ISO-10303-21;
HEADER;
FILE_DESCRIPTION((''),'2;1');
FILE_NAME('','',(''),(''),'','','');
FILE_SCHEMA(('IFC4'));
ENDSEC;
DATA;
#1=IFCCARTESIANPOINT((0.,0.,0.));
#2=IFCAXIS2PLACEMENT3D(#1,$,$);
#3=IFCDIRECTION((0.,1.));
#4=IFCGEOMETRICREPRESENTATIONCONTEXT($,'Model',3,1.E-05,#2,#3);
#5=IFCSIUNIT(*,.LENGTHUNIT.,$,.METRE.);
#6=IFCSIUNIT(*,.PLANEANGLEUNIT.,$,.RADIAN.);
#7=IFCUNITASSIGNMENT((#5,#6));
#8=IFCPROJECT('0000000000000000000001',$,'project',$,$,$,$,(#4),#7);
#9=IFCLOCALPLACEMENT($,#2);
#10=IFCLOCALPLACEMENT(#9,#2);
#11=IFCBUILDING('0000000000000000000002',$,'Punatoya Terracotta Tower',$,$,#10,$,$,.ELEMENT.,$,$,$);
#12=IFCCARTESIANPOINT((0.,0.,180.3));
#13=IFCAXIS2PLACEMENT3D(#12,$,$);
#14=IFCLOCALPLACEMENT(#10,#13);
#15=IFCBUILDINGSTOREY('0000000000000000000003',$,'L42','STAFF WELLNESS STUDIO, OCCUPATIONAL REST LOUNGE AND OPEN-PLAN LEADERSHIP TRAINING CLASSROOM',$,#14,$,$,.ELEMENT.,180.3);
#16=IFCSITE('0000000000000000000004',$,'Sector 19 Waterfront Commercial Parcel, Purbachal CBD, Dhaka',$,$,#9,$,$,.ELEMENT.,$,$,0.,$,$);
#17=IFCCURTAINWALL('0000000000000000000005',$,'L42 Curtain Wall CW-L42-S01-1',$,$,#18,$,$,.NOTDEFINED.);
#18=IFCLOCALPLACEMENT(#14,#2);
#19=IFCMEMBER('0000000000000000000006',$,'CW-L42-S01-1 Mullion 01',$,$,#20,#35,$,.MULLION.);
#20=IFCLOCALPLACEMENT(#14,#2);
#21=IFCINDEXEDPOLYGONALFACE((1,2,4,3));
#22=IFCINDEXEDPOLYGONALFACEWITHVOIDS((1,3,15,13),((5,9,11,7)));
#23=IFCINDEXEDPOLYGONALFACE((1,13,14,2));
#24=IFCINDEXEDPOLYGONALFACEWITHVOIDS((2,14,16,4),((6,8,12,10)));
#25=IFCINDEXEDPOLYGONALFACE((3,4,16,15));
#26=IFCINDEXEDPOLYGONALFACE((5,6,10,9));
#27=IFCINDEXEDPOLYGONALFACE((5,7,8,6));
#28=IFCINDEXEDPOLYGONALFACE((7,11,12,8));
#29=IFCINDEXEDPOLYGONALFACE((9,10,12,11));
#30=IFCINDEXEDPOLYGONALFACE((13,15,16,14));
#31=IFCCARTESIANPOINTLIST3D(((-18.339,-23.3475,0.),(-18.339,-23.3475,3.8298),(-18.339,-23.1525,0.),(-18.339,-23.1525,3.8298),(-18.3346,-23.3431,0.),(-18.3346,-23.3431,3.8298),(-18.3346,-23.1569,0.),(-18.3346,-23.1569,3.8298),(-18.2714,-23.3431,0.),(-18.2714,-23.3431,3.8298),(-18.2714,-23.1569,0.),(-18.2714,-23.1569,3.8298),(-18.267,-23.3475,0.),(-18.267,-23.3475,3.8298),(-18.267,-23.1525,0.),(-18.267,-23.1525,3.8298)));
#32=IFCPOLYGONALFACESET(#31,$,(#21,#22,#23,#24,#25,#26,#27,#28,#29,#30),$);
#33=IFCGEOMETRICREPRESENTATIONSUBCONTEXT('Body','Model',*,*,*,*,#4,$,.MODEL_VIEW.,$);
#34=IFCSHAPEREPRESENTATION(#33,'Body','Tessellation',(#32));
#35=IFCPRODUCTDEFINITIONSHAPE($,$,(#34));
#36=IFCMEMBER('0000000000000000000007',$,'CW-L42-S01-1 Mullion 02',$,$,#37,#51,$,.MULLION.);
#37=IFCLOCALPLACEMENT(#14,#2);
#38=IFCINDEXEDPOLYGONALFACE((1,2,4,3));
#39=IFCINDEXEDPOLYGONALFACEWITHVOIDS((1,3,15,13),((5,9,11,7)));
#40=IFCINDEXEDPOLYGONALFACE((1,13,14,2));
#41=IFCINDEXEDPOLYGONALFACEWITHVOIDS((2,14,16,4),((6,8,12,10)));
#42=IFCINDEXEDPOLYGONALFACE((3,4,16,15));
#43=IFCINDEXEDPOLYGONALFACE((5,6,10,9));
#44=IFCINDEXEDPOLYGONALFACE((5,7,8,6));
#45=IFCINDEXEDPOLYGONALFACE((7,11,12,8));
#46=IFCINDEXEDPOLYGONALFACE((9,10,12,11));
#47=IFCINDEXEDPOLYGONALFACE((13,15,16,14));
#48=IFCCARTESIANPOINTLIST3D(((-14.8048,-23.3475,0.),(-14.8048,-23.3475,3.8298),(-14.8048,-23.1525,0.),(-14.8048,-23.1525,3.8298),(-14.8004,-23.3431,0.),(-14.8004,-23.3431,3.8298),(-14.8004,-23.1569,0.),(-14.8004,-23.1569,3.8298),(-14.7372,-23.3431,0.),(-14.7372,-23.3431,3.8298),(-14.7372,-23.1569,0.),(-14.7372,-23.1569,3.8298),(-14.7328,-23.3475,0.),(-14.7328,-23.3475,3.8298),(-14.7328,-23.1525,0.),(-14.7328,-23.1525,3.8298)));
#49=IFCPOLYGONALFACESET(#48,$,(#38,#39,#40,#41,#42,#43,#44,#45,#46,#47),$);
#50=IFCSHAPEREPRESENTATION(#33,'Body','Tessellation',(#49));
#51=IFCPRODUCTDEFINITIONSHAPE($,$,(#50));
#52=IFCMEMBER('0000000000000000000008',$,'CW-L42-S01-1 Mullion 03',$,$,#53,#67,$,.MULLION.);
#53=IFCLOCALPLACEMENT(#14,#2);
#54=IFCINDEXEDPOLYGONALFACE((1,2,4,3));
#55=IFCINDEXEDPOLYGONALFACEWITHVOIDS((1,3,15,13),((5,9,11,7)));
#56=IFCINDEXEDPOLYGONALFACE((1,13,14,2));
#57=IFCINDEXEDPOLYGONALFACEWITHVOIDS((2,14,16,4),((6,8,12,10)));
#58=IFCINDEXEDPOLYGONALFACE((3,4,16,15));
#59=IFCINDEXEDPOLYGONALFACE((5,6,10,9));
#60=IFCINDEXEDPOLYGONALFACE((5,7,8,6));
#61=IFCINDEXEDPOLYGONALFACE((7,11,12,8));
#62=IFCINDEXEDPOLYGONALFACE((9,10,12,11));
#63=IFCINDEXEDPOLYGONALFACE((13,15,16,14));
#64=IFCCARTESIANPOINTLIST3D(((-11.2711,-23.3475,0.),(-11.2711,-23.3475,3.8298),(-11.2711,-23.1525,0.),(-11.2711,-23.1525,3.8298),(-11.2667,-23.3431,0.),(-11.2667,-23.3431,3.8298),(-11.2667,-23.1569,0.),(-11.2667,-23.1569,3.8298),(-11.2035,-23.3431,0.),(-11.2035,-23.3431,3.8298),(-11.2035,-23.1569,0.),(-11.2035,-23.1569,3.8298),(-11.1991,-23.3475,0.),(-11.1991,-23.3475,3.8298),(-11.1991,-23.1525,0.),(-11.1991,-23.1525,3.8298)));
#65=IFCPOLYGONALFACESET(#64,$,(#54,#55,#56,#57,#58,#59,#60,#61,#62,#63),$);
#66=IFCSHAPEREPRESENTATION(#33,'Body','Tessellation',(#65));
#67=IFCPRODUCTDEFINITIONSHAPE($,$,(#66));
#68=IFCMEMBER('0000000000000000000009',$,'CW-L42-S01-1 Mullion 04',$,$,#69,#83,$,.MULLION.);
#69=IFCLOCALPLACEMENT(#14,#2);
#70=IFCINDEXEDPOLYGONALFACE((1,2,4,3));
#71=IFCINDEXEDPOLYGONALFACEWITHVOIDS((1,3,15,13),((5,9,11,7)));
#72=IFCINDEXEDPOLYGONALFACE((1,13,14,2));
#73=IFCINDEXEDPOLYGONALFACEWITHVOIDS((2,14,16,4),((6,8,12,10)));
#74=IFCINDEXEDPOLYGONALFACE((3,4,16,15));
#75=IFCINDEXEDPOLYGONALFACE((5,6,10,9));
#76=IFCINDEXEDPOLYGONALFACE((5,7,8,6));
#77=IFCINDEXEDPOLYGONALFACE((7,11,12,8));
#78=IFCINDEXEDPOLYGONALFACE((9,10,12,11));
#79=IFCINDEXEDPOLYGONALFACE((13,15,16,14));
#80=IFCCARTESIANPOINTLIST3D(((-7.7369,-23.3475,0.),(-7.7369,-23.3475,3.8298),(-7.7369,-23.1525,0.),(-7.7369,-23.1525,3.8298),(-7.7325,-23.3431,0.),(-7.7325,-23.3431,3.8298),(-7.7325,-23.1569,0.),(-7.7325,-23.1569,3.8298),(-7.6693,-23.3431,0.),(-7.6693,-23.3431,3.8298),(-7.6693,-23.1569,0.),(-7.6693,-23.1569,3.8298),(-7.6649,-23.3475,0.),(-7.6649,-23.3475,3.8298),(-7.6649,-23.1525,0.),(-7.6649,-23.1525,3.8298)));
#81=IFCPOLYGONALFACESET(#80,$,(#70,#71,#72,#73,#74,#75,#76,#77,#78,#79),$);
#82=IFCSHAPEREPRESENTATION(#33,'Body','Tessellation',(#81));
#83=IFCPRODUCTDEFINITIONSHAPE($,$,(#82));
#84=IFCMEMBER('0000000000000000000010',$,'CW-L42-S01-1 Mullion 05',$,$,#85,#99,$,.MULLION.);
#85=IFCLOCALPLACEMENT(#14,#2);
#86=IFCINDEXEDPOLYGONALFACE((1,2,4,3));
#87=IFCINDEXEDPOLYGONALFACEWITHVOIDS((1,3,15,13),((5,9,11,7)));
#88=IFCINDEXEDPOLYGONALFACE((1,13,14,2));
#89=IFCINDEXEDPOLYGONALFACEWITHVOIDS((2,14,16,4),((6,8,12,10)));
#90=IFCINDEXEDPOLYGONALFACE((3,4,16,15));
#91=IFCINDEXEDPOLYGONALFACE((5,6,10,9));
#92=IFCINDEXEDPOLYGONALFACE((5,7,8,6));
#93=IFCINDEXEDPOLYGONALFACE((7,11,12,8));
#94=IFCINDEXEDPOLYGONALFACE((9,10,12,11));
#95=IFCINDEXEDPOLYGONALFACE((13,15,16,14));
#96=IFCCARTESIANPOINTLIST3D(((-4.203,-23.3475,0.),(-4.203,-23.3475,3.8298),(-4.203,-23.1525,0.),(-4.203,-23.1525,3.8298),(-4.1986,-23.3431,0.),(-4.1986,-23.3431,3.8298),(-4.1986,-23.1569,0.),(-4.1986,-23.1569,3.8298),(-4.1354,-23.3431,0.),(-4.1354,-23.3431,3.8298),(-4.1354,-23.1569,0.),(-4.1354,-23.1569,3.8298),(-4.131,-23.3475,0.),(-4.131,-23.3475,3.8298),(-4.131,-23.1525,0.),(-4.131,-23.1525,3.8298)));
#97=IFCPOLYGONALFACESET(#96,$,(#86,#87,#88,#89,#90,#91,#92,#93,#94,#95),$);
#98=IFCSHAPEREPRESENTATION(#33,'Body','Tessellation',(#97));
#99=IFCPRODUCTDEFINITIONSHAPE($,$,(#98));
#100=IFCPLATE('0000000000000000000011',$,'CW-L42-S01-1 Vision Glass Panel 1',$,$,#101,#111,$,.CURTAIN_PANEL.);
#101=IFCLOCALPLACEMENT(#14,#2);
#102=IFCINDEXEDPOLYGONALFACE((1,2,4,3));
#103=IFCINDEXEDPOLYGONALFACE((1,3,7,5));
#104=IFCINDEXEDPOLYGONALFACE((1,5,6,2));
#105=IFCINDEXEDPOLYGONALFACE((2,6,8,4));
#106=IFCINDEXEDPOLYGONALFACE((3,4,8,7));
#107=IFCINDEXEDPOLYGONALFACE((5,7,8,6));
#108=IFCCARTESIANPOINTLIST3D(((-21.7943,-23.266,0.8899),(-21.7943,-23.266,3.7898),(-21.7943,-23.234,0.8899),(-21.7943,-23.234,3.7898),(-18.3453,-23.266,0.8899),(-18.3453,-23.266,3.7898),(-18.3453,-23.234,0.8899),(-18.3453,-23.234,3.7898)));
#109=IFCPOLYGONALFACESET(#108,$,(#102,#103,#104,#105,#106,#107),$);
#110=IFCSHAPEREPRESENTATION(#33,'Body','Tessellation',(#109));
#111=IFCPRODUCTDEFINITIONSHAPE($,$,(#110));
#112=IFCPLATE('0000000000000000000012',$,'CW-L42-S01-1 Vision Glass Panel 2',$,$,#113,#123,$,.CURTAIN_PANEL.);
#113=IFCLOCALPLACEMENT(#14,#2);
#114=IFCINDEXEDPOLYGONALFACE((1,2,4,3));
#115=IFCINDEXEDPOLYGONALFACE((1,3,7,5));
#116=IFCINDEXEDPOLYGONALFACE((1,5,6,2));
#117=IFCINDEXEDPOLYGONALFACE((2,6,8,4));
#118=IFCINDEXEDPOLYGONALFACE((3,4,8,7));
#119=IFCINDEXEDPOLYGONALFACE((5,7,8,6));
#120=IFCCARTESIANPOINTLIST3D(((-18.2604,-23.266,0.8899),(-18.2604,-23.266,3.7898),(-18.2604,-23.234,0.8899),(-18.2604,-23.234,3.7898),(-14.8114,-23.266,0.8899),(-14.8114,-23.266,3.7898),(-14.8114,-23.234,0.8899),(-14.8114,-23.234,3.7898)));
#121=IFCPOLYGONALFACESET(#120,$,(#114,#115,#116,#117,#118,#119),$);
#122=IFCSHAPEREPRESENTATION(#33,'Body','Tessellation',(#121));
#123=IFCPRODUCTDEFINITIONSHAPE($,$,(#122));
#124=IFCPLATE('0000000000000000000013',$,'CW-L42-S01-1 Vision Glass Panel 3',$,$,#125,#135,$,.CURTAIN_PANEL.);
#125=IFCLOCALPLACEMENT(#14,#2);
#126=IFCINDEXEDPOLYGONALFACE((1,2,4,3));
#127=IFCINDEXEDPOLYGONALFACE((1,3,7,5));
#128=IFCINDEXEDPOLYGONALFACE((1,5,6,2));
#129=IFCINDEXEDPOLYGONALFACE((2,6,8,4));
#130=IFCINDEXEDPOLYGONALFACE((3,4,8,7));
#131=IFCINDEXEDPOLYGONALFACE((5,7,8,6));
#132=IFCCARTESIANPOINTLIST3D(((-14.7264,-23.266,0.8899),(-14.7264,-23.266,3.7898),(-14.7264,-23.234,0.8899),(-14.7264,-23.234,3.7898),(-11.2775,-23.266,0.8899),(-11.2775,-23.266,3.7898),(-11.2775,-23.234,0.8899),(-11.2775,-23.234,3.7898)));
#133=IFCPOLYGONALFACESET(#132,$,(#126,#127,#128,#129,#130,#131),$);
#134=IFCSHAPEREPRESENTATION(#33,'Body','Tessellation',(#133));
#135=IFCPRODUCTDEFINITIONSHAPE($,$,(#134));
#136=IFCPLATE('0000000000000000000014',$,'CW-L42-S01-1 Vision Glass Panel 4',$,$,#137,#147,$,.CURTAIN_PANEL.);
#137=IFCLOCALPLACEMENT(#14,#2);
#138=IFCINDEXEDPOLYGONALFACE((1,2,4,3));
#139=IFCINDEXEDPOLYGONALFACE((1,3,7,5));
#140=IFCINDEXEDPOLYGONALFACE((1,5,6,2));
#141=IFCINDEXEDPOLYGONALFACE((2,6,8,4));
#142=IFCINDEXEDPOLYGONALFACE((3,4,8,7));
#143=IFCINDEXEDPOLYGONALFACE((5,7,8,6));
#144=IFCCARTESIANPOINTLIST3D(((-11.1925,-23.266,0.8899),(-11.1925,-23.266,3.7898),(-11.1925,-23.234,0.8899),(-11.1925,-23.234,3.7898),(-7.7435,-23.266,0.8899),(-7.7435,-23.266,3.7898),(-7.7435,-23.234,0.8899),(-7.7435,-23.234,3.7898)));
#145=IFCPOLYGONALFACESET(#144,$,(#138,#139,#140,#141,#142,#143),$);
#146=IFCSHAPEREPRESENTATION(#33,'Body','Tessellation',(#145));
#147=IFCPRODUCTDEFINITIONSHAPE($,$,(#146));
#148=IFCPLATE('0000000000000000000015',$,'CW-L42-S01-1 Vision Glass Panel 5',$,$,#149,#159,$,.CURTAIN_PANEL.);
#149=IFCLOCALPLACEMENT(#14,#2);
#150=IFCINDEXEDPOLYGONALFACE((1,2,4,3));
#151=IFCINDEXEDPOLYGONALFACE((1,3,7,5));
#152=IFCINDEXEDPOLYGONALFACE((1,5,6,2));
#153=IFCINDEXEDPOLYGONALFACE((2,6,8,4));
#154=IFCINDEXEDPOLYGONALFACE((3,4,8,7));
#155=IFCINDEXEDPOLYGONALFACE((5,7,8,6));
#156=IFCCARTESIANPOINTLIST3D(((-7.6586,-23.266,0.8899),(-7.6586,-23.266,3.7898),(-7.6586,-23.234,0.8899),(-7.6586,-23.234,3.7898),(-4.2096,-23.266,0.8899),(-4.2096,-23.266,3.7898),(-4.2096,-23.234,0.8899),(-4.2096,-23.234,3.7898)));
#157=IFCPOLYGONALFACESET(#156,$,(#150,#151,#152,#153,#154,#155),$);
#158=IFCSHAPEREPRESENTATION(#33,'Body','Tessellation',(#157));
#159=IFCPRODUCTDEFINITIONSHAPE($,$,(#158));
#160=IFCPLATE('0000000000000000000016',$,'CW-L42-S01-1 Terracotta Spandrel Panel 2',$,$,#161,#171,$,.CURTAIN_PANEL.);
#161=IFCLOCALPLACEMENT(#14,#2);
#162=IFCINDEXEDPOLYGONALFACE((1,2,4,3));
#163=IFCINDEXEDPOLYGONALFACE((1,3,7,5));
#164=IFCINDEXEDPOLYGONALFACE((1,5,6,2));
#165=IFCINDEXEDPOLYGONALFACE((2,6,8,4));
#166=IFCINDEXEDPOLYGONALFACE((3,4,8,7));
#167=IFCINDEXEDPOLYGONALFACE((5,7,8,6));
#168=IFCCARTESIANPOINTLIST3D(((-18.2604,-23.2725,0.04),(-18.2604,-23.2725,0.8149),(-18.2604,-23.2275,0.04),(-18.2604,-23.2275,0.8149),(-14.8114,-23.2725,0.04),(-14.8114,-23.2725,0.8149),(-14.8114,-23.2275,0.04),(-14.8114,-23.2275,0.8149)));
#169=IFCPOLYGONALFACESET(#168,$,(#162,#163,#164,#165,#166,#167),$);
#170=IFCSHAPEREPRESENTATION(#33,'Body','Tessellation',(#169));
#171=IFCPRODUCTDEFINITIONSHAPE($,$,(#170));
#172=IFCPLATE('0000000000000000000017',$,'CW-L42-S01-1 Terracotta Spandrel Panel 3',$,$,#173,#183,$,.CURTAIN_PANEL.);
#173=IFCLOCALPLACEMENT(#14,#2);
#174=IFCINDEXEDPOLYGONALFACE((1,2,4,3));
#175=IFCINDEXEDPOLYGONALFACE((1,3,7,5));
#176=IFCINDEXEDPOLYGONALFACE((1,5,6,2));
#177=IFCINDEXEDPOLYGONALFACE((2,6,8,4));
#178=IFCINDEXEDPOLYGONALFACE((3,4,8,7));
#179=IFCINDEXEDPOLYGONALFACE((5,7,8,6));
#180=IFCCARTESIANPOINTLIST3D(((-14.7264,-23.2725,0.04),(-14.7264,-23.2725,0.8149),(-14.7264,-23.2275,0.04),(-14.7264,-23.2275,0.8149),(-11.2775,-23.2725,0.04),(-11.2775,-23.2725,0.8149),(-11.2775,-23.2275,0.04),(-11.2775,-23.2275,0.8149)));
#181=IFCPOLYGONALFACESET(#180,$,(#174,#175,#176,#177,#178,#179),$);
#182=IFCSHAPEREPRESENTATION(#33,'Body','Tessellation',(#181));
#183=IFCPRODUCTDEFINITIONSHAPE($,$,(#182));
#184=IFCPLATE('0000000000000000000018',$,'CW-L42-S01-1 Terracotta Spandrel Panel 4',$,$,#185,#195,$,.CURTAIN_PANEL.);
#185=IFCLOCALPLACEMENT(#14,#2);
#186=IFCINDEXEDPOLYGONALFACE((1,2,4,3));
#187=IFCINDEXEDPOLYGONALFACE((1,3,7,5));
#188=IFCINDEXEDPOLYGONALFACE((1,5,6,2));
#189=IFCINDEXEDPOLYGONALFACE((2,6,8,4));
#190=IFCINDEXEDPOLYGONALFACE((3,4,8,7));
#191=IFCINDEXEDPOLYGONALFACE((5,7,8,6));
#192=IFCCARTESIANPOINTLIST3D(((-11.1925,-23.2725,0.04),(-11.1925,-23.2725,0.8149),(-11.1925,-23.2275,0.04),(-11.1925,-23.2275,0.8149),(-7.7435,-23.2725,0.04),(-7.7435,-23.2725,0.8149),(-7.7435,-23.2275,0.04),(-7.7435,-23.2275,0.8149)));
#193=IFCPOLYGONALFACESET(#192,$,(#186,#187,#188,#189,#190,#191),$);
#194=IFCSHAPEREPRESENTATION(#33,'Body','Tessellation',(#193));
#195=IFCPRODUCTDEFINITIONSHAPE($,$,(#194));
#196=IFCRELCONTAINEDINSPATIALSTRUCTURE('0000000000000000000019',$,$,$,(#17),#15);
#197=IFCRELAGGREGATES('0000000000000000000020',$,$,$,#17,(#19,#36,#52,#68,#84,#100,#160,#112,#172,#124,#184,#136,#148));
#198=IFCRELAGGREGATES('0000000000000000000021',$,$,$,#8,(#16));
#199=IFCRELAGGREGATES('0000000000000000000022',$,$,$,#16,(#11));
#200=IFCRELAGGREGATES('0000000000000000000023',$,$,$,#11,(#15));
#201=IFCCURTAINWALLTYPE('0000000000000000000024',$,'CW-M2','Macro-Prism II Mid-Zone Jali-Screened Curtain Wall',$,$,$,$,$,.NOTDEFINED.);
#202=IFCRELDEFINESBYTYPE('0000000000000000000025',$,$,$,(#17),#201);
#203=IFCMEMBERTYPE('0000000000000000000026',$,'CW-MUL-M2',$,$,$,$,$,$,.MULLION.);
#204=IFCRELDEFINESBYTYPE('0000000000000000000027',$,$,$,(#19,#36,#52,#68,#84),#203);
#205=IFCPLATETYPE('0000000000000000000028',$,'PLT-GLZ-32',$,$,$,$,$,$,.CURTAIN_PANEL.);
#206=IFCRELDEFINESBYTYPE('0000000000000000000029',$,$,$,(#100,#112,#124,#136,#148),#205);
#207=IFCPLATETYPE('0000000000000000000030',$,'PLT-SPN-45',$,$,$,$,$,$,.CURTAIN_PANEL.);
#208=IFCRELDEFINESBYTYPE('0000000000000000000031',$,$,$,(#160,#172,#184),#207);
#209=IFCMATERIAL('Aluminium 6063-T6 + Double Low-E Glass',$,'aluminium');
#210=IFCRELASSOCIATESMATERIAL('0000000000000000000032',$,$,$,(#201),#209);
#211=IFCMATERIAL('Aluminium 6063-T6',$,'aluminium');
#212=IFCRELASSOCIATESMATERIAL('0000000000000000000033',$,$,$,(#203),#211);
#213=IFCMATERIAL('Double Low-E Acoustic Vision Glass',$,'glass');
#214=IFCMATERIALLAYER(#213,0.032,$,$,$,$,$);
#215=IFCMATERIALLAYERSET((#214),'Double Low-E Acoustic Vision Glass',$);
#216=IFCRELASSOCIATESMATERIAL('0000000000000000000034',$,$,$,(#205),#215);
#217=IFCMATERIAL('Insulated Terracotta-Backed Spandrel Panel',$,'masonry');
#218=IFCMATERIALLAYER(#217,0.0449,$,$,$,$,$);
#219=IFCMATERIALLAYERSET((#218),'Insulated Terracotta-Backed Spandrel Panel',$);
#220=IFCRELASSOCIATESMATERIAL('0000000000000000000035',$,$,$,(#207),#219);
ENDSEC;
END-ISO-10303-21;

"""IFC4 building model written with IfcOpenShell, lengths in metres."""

from ifc_helpers import new_model, si_unit, direction, frame, origin, origin_2d, place, context, subcontext, project, spatial, rectangle, hollow_rectangle, extrude, material, layer, layer_set, material_profile, profile_set, type_object, element, aggregate, save


model = new_model("IFC4")

# Units and contexts
model_context = context("Model", 3, precision=1e-05, world=origin(), true_north=direction((0.0, 1.0)))
body_context = subcontext(model_context, "Body", "Model", "MODEL_VIEW")
ifc_project = project(units=[si_unit("LENGTHUNIT", "METRE"), si_unit("PLANEANGLEUNIT", "RADIAN")], contexts=[model_context])

# Site, building, storey
site_placement = place(None, origin())
site = spatial("IfcSite", under=ifc_project, at=site_placement, Name="Sector 19 Waterfront Commercial Parcel, Purbachal CBD, Dhaka", CompositionType="ELEMENT", RefElevation=0.0)
building_placement = place(site_placement, origin())
building = spatial("IfcBuilding", under=site, at=building_placement, Name="Punatoya Terracotta Tower", CompositionType="ELEMENT")
storey_placement = place(building_placement, frame((0.0, 0.0, 180.3)))
storey = spatial("IfcBuildingStorey", under=building, at=storey_placement, Name="L42", Description="STAFF WELLNESS STUDIO, OCCUPATIONAL REST LOUNGE AND OPEN-PLAN LEADERSHIP TRAINING CLASSROOM", CompositionType="ELEMENT", Elevation=180.3)

# Curtain wall, members, plates
ifc_material_1 = material(Name="Aluminium 6063-T6 + Double Low-E Glass", Category="aluminium")
curtain_wall_type = type_object("IfcCurtainWallType", Name="CW-M2", Description="Macro-Prism II Mid-Zone Jali-Screened Curtain Wall", PredefinedType="NOTDEFINED", material=ifc_material_1)
curtain_wall_placement = place(storey_placement, origin())
curtain_wall = element("IfcCurtainWall", 1, at=curtain_wall_placement, inside=storey, type_object=curtain_wall_type, Name="L42 Curtain Wall CW-L42-S01-1", PredefinedType="NOTDEFINED")
ifc_material_2 = material(Name="Aluminium 6063-T6", Category="aluminium")
ifc_material_profile_1 = material_profile(ifc_material_2, hollow_rectangle(XDim=0.072, YDim=0.1951, WallThickness=0.0044, at=origin_2d()))
ifc_profile_set_1 = profile_set([ifc_material_profile_1], Name="Aluminium 6063-T6")
member_type = type_object("IfcMemberType", Name="CW-MUL-M2", PredefinedType="MULLION", material=ifc_profile_set_1)
member_1_placement = place(storey_placement, frame((-18.303, -23.25, 0.0), z_axis=(0.0, 0.0, 1.0), x_axis=(1.0, 0.0, 0.0)))
member_1 = element("IfcMember", 2, at=member_1_placement, type_object=member_type, Name="CW-L42-S01-1 Mullion 01", PredefinedType="MULLION", context=body_context, shape_type="SweptSolid", body=[
    extrude(hollow_rectangle(XDim=0.072, YDim=0.1951, WallThickness=0.0044, at=origin_2d()), origin(), (0.0, 0.0, 1.0), 3.8298),
])
member_2_placement = place(storey_placement, frame((-14.7688, -23.25, 0.0), z_axis=(0.0, 0.0, 1.0), x_axis=(1.0, 0.0, 0.0)))
member_2 = element("IfcMember", 3, at=member_2_placement, type_object=member_type, Name="CW-L42-S01-1 Mullion 02", PredefinedType="MULLION", context=body_context, shape_type="SweptSolid", body=[
    extrude(hollow_rectangle(XDim=0.072, YDim=0.1951, WallThickness=0.0044, at=origin_2d()), origin(), (0.0, 0.0, 1.0), 3.8298),
])
member_3_placement = place(storey_placement, frame((-11.2351, -23.25, 0.0), z_axis=(0.0, 0.0, 1.0), x_axis=(1.0, 0.0, 0.0)))
member_3 = element("IfcMember", 4, at=member_3_placement, type_object=member_type, Name="CW-L42-S01-1 Mullion 03", PredefinedType="MULLION", context=body_context, shape_type="SweptSolid", body=[
    extrude(hollow_rectangle(XDim=0.072, YDim=0.1951, WallThickness=0.0044, at=origin_2d()), origin(), (0.0, 0.0, 1.0), 3.8298),
])
member_4_placement = place(storey_placement, frame((-7.7009, -23.25, 0.0), z_axis=(0.0, 0.0, 1.0), x_axis=(1.0, 0.0, 0.0)))
member_4 = element("IfcMember", 5, at=member_4_placement, type_object=member_type, Name="CW-L42-S01-1 Mullion 04", PredefinedType="MULLION", context=body_context, shape_type="SweptSolid", body=[
    extrude(hollow_rectangle(XDim=0.072, YDim=0.1951, WallThickness=0.0044, at=origin_2d()), origin(), (0.0, 0.0, 1.0), 3.8298),
])
member_5_placement = place(storey_placement, frame((-4.167, -23.25, 0.0), z_axis=(0.0, 0.0, 1.0), x_axis=(1.0, 0.0, 0.0)))
member_5 = element("IfcMember", 6, at=member_5_placement, type_object=member_type, Name="CW-L42-S01-1 Mullion 05", PredefinedType="MULLION", context=body_context, shape_type="SweptSolid", body=[
    extrude(hollow_rectangle(XDim=0.072, YDim=0.1951, WallThickness=0.0044, at=origin_2d()), origin(), (0.0, 0.0, 1.0), 3.8298),
])
ifc_material_3 = material(Name="Double Low-E Acoustic Vision Glass", Category="glass")
ifc_layer_1 = layer(ifc_material_3, 0.032)
ifc_layer_set_1 = layer_set([ifc_layer_1], Name="Double Low-E Acoustic Vision Glass")
plate_type_1 = type_object("IfcPlateType", Name="PLT-GLZ-32", PredefinedType="CURTAIN_PANEL", material=ifc_layer_set_1)
plate_1_placement = place(storey_placement, frame((-20.0698, -23.25, 0.8899), z_axis=(0.0, 0.0, 1.0), x_axis=(1.0, 0.0, 0.0)))
plate_1 = element("IfcPlate", 7, at=plate_1_placement, type_object=plate_type_1, Name="CW-L42-S01-1 Vision Glass Panel 1", PredefinedType="CURTAIN_PANEL", context=body_context, shape_type="SweptSolid", body=[
    extrude(rectangle(XDim=3.449, YDim=0.032, at=origin_2d()), origin(), (0.0, 0.0, 1.0), 2.8999),
])
plate_2_placement = place(storey_placement, frame((-16.5359, -23.25, 0.8899), z_axis=(0.0, 0.0, 1.0), x_axis=(1.0, 0.0, 0.0)))
plate_2 = element("IfcPlate", 8, at=plate_2_placement, type_object=plate_type_1, Name="CW-L42-S01-1 Vision Glass Panel 2", PredefinedType="CURTAIN_PANEL", context=body_context, shape_type="SweptSolid", body=[
    extrude(rectangle(XDim=3.449, YDim=0.032, at=origin_2d()), origin(), (0.0, 0.0, 1.0), 2.8999),
])
plate_3_placement = place(storey_placement, frame((-13.002, -23.25, 0.8899), z_axis=(0.0, 0.0, 1.0), x_axis=(1.0, 0.0, 0.0)))
plate_3 = element("IfcPlate", 9, at=plate_3_placement, type_object=plate_type_1, Name="CW-L42-S01-1 Vision Glass Panel 3", PredefinedType="CURTAIN_PANEL", context=body_context, shape_type="SweptSolid", body=[
    extrude(rectangle(XDim=3.449, YDim=0.032, at=origin_2d()), origin(), (0.0, 0.0, 1.0), 2.8999),
])
plate_4_placement = place(storey_placement, frame((-9.468, -23.25, 0.8899), z_axis=(0.0, 0.0, 1.0), x_axis=(1.0, 0.0, 0.0)))
plate_4 = element("IfcPlate", 10, at=plate_4_placement, type_object=plate_type_1, Name="CW-L42-S01-1 Vision Glass Panel 4", PredefinedType="CURTAIN_PANEL", context=body_context, shape_type="SweptSolid", body=[
    extrude(rectangle(XDim=3.449, YDim=0.032, at=origin_2d()), origin(), (0.0, 0.0, 1.0), 2.8999),
])
plate_5_placement = place(storey_placement, frame((-5.9341, -23.25, 0.8899), z_axis=(0.0, 0.0, 1.0), x_axis=(1.0, 0.0, 0.0)))
plate_5 = element("IfcPlate", 11, at=plate_5_placement, type_object=plate_type_1, Name="CW-L42-S01-1 Vision Glass Panel 5", PredefinedType="CURTAIN_PANEL", context=body_context, shape_type="SweptSolid", body=[
    extrude(rectangle(XDim=3.449, YDim=0.032, at=origin_2d()), origin(), (0.0, 0.0, 1.0), 2.8999),
])
ifc_material_4 = material(Name="Insulated Terracotta-Backed Spandrel Panel", Category="masonry")
ifc_layer_2 = layer(ifc_material_4, 0.0449)
ifc_layer_set_2 = layer_set([ifc_layer_2], Name="Insulated Terracotta-Backed Spandrel Panel")
plate_type_2 = type_object("IfcPlateType", Name="PLT-SPN-45", PredefinedType="CURTAIN_PANEL", material=ifc_layer_set_2)
plate_6_placement = place(storey_placement, frame((-16.5359, -23.25, 0.04), z_axis=(0.0, 0.0, 1.0), x_axis=(1.0, 0.0, 0.0)))
plate_6 = element("IfcPlate", 12, at=plate_6_placement, type_object=plate_type_2, Name="CW-L42-S01-1 Terracotta Spandrel Panel 2", PredefinedType="CURTAIN_PANEL", context=body_context, shape_type="SweptSolid", body=[
    extrude(rectangle(XDim=3.449, YDim=0.0449, at=origin_2d()), origin(), (0.0, 0.0, 1.0), 0.7749),
])
plate_7_placement = place(storey_placement, frame((-13.002, -23.25, 0.04), z_axis=(0.0, 0.0, 1.0), x_axis=(1.0, 0.0, 0.0)))
plate_7 = element("IfcPlate", 13, at=plate_7_placement, type_object=plate_type_2, Name="CW-L42-S01-1 Terracotta Spandrel Panel 3", PredefinedType="CURTAIN_PANEL", context=body_context, shape_type="SweptSolid", body=[
    extrude(rectangle(XDim=3.449, YDim=0.0449, at=origin_2d()), origin(), (0.0, 0.0, 1.0), 0.7749),
])
plate_8_placement = place(storey_placement, frame((-9.468, -23.25, 0.04), z_axis=(0.0, 0.0, 1.0), x_axis=(1.0, 0.0, 0.0)))
plate_8 = element("IfcPlate", 14, at=plate_8_placement, type_object=plate_type_2, Name="CW-L42-S01-1 Terracotta Spandrel Panel 4", PredefinedType="CURTAIN_PANEL", context=body_context, shape_type="SweptSolid", body=[
    extrude(rectangle(XDim=3.449, YDim=0.0449, at=origin_2d()), origin(), (0.0, 0.0, 1.0), 0.7749),
])
aggregate(curtain_wall, [member_1, member_2, member_3, member_4, member_5, plate_1, plate_6, plate_2, plate_7, plate_3, plate_8, plate_4, plate_5])

save(model, "model.ifc")
